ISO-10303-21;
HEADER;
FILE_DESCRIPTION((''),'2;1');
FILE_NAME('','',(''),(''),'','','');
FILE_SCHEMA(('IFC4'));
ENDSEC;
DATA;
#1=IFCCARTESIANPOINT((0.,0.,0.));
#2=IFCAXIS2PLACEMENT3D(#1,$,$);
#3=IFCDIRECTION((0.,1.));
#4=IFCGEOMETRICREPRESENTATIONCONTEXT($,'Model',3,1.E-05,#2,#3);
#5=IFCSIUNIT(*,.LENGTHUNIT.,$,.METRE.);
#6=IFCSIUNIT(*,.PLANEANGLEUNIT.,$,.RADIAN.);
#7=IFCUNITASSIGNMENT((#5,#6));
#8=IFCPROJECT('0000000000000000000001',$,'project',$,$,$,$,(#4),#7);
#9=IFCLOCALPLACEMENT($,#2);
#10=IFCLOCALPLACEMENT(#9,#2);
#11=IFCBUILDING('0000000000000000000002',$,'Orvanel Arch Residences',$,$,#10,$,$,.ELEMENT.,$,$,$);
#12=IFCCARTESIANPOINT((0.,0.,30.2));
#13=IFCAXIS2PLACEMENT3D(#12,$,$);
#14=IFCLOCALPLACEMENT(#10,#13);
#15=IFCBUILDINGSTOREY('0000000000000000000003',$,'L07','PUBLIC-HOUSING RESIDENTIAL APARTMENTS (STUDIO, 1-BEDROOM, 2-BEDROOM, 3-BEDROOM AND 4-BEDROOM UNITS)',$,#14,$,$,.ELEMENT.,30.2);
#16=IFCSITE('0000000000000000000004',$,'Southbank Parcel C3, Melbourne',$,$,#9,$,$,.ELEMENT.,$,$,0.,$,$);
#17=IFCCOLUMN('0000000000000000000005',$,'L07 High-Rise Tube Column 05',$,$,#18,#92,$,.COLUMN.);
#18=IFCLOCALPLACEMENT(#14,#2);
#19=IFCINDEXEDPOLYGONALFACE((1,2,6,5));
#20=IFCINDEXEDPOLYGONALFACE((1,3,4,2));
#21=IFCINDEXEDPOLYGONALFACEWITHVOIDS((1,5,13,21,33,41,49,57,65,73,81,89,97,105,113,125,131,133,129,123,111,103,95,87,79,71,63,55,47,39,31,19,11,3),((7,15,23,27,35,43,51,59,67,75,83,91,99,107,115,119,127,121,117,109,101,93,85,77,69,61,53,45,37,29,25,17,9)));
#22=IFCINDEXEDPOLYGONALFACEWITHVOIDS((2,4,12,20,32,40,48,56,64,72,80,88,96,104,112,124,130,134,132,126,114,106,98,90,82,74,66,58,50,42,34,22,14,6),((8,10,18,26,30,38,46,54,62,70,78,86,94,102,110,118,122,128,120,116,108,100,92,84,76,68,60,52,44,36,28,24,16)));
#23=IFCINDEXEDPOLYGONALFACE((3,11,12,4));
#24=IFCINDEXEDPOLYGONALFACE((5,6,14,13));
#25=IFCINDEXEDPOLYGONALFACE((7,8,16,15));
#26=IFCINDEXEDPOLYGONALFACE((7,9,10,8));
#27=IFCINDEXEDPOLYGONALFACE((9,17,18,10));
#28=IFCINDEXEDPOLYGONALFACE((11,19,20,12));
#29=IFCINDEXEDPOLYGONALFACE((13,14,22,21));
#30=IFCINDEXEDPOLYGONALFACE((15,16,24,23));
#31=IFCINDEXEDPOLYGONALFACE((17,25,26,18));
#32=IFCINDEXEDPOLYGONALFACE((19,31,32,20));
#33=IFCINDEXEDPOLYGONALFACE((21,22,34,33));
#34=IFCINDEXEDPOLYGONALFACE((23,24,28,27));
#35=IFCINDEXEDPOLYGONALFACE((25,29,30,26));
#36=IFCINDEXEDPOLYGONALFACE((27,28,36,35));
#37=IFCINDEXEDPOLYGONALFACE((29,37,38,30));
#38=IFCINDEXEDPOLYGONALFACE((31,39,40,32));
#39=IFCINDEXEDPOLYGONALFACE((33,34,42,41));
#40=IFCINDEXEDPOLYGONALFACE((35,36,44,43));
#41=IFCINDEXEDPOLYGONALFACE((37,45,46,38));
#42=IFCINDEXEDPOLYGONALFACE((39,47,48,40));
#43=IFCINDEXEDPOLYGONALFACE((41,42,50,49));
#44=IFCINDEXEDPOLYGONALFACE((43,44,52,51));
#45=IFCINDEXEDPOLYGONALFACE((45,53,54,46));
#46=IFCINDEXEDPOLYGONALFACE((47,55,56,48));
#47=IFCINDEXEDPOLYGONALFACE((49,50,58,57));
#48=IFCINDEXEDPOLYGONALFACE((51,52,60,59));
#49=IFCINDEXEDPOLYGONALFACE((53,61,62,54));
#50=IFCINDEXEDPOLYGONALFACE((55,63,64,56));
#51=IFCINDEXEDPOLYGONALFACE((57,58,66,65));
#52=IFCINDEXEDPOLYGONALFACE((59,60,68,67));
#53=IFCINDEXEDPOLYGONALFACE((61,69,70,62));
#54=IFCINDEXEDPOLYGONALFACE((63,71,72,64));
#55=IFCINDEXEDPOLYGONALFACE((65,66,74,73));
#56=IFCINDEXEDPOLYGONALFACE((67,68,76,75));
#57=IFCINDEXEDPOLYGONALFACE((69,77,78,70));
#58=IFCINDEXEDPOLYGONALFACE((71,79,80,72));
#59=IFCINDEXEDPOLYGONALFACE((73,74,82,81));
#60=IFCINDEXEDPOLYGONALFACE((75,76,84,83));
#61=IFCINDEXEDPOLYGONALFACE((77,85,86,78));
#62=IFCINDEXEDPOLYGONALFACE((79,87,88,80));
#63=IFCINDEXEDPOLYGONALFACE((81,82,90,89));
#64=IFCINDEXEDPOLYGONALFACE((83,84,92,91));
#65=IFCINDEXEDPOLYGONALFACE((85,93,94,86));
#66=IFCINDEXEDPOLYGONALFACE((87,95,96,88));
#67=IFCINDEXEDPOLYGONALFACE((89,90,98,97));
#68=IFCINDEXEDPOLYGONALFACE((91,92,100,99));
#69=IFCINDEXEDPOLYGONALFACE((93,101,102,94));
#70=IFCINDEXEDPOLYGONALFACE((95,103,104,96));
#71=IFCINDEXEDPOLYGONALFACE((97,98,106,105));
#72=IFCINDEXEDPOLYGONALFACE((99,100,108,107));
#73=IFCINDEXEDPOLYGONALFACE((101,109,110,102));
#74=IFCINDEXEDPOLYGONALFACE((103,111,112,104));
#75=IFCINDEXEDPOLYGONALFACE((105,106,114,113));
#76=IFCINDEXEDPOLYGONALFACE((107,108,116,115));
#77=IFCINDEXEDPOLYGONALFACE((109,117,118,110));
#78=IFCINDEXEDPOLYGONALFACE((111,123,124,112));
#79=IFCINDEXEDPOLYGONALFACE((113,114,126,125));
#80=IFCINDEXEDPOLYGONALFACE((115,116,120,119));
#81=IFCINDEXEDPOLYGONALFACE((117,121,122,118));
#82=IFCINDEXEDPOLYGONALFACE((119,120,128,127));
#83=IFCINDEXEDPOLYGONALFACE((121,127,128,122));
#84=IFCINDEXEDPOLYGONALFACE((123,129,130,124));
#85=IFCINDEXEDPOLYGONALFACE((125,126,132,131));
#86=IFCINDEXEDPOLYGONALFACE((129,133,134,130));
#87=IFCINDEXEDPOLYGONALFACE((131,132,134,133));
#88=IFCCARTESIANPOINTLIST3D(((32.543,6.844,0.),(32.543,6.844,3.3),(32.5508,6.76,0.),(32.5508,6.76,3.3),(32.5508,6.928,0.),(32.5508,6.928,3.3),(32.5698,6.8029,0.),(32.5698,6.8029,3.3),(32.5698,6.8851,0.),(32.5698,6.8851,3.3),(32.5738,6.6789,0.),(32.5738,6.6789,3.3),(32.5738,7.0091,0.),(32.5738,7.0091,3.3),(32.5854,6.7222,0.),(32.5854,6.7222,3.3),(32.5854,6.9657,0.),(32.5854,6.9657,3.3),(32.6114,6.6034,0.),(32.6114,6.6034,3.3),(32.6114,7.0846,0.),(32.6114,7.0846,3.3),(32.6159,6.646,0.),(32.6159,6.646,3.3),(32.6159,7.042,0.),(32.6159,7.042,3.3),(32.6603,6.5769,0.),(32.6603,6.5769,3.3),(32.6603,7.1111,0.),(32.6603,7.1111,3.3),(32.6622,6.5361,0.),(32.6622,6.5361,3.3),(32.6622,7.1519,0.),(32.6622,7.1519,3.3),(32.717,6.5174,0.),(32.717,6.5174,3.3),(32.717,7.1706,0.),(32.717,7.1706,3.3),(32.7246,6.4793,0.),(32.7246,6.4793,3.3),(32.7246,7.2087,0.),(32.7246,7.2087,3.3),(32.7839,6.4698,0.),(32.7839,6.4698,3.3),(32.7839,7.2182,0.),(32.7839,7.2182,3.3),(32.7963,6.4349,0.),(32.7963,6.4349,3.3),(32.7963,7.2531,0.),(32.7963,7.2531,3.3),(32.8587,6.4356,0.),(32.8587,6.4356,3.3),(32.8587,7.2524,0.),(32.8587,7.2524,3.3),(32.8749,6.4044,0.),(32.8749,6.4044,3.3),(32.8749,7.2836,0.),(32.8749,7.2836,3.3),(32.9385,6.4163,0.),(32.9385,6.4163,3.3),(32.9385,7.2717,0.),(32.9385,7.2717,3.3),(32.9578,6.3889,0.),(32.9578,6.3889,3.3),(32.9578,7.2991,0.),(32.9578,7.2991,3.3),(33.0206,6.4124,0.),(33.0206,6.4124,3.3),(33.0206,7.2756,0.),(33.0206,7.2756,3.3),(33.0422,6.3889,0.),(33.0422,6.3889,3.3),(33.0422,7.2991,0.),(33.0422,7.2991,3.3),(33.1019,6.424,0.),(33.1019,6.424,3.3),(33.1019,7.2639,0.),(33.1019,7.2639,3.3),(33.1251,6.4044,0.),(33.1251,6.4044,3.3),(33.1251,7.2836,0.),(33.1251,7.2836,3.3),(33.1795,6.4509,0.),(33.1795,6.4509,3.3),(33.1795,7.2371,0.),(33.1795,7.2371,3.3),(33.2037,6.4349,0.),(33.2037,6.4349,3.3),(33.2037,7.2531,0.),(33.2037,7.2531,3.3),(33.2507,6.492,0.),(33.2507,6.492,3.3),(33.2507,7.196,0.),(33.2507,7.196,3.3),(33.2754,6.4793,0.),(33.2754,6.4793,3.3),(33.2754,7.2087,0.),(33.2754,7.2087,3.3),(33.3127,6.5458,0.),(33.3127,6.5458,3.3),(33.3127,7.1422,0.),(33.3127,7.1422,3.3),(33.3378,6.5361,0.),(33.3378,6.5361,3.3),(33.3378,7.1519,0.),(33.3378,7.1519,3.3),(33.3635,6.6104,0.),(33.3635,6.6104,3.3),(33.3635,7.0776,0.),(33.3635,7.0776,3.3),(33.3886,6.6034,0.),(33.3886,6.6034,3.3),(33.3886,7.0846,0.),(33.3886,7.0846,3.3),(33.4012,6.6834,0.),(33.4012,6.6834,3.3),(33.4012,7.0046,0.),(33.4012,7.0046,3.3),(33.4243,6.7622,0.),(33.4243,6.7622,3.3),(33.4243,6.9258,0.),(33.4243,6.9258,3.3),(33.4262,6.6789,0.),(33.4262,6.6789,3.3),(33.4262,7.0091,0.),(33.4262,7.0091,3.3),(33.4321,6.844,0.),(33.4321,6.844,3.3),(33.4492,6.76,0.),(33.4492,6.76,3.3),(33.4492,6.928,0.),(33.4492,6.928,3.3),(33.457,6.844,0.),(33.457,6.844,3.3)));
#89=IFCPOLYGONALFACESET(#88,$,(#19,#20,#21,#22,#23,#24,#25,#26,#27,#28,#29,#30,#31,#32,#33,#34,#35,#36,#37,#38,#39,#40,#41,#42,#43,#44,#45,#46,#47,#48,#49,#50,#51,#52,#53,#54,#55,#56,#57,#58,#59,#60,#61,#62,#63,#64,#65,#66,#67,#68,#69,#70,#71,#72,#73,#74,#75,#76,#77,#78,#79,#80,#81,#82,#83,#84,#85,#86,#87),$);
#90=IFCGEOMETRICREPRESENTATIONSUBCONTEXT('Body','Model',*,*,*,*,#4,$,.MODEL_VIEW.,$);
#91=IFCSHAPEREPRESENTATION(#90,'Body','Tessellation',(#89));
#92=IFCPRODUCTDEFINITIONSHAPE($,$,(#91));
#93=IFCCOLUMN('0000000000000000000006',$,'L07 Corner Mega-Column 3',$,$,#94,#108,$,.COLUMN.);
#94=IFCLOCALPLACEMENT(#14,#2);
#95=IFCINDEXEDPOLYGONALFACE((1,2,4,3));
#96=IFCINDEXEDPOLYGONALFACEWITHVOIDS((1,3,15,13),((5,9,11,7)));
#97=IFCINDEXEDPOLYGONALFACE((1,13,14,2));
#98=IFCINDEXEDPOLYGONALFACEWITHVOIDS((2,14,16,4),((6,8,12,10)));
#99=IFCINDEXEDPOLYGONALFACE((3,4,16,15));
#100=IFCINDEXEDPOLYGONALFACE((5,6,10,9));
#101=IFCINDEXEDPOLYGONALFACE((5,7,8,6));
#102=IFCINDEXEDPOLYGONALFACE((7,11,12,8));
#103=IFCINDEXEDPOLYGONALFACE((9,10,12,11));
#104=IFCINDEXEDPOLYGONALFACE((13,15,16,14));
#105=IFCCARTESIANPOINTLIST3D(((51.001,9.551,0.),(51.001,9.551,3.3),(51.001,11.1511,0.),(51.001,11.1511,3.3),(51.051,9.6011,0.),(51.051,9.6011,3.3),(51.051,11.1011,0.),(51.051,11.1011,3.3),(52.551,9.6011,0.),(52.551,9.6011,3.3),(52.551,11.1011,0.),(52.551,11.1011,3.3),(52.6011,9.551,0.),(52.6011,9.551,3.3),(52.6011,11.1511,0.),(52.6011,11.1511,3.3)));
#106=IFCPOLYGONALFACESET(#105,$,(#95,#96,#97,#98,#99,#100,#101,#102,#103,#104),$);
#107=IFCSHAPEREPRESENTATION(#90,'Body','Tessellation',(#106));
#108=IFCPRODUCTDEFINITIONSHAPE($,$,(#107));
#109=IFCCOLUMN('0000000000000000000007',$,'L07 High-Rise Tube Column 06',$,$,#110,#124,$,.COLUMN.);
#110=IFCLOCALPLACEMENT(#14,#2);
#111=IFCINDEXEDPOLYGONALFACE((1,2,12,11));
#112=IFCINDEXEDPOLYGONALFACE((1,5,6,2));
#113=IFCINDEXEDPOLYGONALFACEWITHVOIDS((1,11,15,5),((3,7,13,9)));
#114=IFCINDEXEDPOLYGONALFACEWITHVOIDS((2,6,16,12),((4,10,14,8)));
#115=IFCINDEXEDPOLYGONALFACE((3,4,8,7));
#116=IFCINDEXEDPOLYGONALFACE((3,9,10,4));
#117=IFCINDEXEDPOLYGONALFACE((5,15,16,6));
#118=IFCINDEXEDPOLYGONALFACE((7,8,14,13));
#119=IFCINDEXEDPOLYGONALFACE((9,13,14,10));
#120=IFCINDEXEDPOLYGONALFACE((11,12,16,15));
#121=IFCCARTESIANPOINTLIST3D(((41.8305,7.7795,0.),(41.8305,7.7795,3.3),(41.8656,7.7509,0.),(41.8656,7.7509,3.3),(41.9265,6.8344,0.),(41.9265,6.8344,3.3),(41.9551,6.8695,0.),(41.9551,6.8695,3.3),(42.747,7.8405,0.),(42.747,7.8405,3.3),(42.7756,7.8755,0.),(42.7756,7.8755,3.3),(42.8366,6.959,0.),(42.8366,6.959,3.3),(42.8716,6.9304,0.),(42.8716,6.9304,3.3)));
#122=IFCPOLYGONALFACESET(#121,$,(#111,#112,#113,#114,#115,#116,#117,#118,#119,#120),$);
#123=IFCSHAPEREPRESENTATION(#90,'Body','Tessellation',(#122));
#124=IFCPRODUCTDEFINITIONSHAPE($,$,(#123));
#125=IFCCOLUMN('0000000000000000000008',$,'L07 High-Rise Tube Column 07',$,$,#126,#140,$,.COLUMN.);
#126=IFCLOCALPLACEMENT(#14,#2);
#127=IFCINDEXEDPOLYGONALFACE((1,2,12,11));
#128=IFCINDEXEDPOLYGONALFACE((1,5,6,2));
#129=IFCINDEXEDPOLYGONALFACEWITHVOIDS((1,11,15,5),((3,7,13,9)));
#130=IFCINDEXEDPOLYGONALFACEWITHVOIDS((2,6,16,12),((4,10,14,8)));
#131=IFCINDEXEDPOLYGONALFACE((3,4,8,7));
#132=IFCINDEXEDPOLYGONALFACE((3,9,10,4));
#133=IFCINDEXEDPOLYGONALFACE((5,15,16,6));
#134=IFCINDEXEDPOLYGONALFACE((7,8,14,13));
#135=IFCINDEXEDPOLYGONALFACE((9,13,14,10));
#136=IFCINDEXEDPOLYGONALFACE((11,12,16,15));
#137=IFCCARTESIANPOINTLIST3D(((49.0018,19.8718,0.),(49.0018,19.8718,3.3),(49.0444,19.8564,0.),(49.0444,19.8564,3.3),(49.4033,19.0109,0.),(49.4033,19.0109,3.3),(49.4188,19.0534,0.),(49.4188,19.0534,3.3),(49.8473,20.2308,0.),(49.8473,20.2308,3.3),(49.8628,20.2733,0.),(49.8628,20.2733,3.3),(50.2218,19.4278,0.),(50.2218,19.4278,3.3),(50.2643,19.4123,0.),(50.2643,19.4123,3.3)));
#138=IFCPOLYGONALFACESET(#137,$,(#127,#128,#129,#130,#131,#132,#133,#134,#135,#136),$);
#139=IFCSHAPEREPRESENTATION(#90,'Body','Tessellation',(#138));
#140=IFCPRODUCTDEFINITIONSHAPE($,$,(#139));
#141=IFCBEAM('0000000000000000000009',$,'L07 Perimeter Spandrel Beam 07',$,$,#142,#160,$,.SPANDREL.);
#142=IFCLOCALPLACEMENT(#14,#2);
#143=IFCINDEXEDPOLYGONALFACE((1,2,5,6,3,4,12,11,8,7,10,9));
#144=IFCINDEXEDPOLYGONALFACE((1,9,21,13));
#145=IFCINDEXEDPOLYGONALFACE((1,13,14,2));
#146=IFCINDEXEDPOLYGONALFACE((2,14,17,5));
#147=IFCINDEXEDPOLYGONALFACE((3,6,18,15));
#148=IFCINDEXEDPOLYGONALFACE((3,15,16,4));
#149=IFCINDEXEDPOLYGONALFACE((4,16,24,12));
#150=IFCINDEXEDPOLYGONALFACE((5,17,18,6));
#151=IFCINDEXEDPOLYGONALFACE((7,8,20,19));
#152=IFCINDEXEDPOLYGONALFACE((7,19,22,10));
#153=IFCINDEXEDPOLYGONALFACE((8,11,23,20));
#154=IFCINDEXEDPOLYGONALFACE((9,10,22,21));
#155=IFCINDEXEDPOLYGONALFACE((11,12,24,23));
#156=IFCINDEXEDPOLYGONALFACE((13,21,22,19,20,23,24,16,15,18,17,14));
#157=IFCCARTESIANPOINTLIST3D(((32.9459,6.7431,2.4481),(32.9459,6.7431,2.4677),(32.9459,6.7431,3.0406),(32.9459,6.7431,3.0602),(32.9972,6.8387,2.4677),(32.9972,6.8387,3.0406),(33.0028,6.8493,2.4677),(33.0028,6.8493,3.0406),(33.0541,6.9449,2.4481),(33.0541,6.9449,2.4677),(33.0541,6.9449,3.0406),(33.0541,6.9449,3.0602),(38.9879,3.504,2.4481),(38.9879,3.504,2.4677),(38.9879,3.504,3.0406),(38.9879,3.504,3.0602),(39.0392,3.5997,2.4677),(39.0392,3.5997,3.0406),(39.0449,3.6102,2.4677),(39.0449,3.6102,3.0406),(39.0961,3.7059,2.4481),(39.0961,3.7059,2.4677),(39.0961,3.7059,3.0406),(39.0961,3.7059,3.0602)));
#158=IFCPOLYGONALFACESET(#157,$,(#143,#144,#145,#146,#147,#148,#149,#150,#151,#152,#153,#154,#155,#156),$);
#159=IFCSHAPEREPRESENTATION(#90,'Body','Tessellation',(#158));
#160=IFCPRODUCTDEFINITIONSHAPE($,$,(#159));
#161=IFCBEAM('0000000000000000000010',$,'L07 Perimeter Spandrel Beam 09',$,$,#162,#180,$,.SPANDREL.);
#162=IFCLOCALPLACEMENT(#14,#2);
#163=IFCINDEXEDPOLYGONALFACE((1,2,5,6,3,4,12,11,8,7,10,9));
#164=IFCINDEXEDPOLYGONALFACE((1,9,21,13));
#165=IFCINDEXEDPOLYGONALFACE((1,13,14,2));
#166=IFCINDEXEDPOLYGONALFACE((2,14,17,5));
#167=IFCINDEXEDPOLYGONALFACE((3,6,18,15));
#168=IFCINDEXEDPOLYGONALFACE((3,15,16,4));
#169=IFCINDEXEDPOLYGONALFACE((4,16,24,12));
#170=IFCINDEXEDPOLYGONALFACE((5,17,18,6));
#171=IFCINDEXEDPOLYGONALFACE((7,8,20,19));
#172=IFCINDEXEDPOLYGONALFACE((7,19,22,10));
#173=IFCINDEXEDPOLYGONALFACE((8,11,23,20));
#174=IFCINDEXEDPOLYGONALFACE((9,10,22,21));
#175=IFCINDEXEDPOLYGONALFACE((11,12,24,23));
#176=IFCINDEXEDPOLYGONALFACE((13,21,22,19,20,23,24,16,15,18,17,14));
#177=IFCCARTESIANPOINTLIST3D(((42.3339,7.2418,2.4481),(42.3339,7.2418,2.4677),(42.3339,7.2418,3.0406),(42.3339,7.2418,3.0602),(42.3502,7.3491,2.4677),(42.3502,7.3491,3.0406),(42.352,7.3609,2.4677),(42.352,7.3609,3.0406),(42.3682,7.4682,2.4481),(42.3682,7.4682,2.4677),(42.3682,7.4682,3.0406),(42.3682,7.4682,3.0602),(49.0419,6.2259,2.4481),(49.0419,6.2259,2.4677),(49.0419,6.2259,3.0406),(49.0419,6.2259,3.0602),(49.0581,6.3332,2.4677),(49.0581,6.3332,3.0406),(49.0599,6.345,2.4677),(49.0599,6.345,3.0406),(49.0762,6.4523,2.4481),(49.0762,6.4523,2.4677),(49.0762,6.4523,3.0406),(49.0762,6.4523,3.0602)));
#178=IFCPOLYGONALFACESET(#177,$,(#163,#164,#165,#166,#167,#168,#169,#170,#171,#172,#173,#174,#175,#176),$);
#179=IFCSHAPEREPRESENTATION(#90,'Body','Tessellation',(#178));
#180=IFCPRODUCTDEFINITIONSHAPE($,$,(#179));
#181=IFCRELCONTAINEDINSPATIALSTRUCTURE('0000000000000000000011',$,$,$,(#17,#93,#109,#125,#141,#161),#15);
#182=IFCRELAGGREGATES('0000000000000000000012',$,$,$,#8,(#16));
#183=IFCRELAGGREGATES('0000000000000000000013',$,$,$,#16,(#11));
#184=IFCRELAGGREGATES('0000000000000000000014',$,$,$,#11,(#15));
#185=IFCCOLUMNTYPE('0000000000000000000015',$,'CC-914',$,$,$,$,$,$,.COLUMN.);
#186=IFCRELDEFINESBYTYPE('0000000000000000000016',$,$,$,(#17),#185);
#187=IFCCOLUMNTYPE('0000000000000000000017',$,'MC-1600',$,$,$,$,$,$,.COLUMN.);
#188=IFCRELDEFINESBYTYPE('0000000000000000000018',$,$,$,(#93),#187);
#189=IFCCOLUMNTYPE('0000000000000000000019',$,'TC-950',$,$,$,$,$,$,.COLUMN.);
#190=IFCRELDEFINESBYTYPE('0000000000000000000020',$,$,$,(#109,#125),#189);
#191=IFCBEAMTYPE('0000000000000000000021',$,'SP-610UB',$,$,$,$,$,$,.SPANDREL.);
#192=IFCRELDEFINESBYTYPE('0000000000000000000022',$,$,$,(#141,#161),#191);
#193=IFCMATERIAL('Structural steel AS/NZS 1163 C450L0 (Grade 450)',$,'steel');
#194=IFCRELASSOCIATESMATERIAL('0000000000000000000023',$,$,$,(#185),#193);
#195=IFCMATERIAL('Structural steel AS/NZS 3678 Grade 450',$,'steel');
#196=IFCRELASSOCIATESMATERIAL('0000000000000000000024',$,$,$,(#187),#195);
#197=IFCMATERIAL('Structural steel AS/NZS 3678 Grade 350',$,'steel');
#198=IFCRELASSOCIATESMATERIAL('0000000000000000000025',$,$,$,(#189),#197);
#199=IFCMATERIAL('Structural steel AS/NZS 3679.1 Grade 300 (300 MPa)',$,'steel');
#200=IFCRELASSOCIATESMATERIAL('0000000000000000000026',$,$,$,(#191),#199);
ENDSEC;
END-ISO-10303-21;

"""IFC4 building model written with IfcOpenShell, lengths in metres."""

from ifc_helpers import new_model, si_unit, direction, frame, origin, origin_2d, place, context, subcontext, project, spatial, hollow_rectangle, hollow_circle, i_section, extrude, material, material_profile, profile_set, type_object, element, save


model = new_model("IFC4")

# Units and contexts
model_context = context("Model", 3, precision=1e-05, world=origin(), true_north=direction((0.0, 1.0)))
body_context = subcontext(model_context, "Body", "Model", "MODEL_VIEW")
ifc_project = project(units=[si_unit("LENGTHUNIT", "METRE"), si_unit("PLANEANGLEUNIT", "RADIAN")], contexts=[model_context])

# Site, building, storey
site_placement = place(None, origin())
site = spatial("IfcSite", under=ifc_project, at=site_placement, Name="Southbank Parcel C3, Melbourne", CompositionType="ELEMENT", RefElevation=0.0)
building_placement = place(site_placement, origin())
building = spatial("IfcBuilding", under=site, at=building_placement, Name="Orvanel Arch Residences", CompositionType="ELEMENT")
storey_placement = place(building_placement, frame((0.0, 0.0, 30.2)))
storey = spatial("IfcBuildingStorey", under=building, at=storey_placement, Name="L07", Description="PUBLIC-HOUSING RESIDENTIAL APARTMENTS (STUDIO, 1-BEDROOM, 2-BEDROOM, 3-BEDROOM AND 4-BEDROOM UNITS)", CompositionType="ELEMENT", Elevation=30.2)

# Columns
ifc_material_1 = material(Name="Structural steel AS/NZS 1163 C450L0 (Grade 450)", Category="steel")
ifc_material_profile_1 = material_profile(ifc_material_1, hollow_circle(Radius=0.457, WallThickness=0.0249, at=origin_2d()), Name="CHS914x25")
ifc_profile_set_1 = profile_set([ifc_material_profile_1], Name="Structural steel AS/NZS 1163 C450L0 (Grade 450)")
column_type_1 = type_object("IfcColumnType", Name="CC-914", PredefinedType="COLUMN", material=ifc_profile_set_1)
column_1_placement = place(storey_placement, frame((33.0, 6.844, 0.0), z_axis=(0.0, 0.0, 1.0), x_axis=(1.0, 0.0, 0.0)))
element("IfcColumn", 1, at=column_1_placement, inside=storey, type_object=column_type_1, Name="L07 High-Rise Tube Column 05", PredefinedType="COLUMN", context=body_context, shape_type="SweptSolid", body=[
    extrude(hollow_circle(Radius=0.457, WallThickness=0.0249, at=origin_2d()), origin(), (0.0, 0.0, 1.0), 3.3),
])
ifc_material_2 = material(Name="Structural steel AS/NZS 3678 Grade 450", Category="steel")
ifc_material_profile_2 = material_profile(ifc_material_2, hollow_rectangle(XDim=1.6001, YDim=1.6001, WallThickness=0.05, at=origin_2d()), Name="BOX1600x1600x50")
ifc_profile_set_2 = profile_set([ifc_material_profile_2], Name="Structural steel AS/NZS 3678 Grade 450")
column_type_2 = type_object("IfcColumnType", Name="MC-1600", PredefinedType="COLUMN", material=ifc_profile_set_2)
column_2_placement = place(storey_placement, frame((51.801, 10.3511, 0.0), z_axis=(0.0, 0.0, 1.0), x_axis=(1.0, 0.0, 0.0)))
element("IfcColumn", 2, at=column_2_placement, inside=storey, type_object=column_type_2, Name="L07 Corner Mega-Column 3", PredefinedType="COLUMN", context=body_context, shape_type="SweptSolid", body=[
    extrude(hollow_rectangle(XDim=1.6001, YDim=1.6001, WallThickness=0.05, at=origin_2d()), origin(), (0.0, 0.0, 1.0), 3.3),
])
ifc_material_3 = material(Name="Structural steel AS/NZS 3678 Grade 350", Category="steel")
ifc_material_profile_3 = material_profile(ifc_material_3, hollow_rectangle(XDim=0.95, YDim=0.95, WallThickness=0.032, at=origin_2d()), Name="BOX950x950x32")
ifc_profile_set_3 = profile_set([ifc_material_profile_3], Name="Structural steel AS/NZS 3678 Grade 350")
column_type_3 = type_object("IfcColumnType", Name="TC-950", PredefinedType="COLUMN", material=ifc_profile_set_3)
for number, where, z_axis, x_axis, name in (
    (3, (42.3511, 7.355, 0.0), (0.0, 0.0, 1.0), (0.994881, 0.101056, 0.0), "L07 High-Rise Tube Column 06"),
    (4, (49.6331, 19.6421, 0.0), (0.0, 0.0, 1.0), (-0.422618, 0.906308, 0.0), "L07 High-Rise Tube Column 07"),
):
    element("IfcColumn", number, at=place(storey_placement, frame(where, z_axis=z_axis, x_axis=x_axis)), inside=storey, type_object=column_type_3, Name=name, PredefinedType="COLUMN", context=body_context, shape_type="SweptSolid", body=[
        extrude(hollow_rectangle(XDim=0.95, YDim=0.95, WallThickness=0.032, at=origin_2d()), origin(), (0.0, 0.0, 1.0), 3.3),
    ])

# Beams
ifc_material_4 = material(Name="Structural steel AS/NZS 3679.1 Grade 300 (300 MPa)", Category="steel")
ifc_material_profile_4 = material_profile(ifc_material_4, i_section(OverallWidth=0.229, OverallDepth=0.6121, WebThickness=0.012, FlangeThickness=0.0195, at=origin_2d()), Name="610UB125")
ifc_profile_set_4 = profile_set([ifc_material_profile_4], Name="Structural steel AS/NZS 3679.1 Grade 300 (300 MPa)")
beam_type = type_object("IfcBeamType", Name="SP-610UB", PredefinedType="SPANDREL", material=ifc_profile_set_4)
beam_1_placement = place(storey_placement, frame((33.0, 6.844, 2.7542), z_axis=(0.881344, -0.472474, 0.0), x_axis=(0.472474, 0.881344, 0.0)))
element("IfcBeam", 5, at=beam_1_placement, inside=storey, type_object=beam_type, Name="L07 Perimeter Spandrel Beam 07", PredefinedType="SPANDREL", context=body_context, shape_type="SweptSolid", body=[
    extrude(i_section(OverallWidth=0.229, OverallDepth=0.6121, WebThickness=0.012, FlangeThickness=0.0195, at=origin_2d()), origin(), (0.0, 0.0, 1.0), 6.8555),
])
beam_2_placement = place(storey_placement, frame((42.3511, 7.355, 2.7542), z_axis=(0.988726, -0.149734, 0.0), x_axis=(0.149734, 0.988726, 0.0)))
element("IfcBeam", 6, at=beam_2_placement, inside=storey, type_object=beam_type, Name="L07 Perimeter Spandrel Beam 09", PredefinedType="SPANDREL", context=body_context, shape_type="SweptSolid", body=[
    extrude(i_section(OverallWidth=0.229, OverallDepth=0.6121, WebThickness=0.012, FlangeThickness=0.0195, at=origin_2d()), origin(), (0.0, 0.0, 1.0), 6.7844),
])

save(model, "model.ifc")
